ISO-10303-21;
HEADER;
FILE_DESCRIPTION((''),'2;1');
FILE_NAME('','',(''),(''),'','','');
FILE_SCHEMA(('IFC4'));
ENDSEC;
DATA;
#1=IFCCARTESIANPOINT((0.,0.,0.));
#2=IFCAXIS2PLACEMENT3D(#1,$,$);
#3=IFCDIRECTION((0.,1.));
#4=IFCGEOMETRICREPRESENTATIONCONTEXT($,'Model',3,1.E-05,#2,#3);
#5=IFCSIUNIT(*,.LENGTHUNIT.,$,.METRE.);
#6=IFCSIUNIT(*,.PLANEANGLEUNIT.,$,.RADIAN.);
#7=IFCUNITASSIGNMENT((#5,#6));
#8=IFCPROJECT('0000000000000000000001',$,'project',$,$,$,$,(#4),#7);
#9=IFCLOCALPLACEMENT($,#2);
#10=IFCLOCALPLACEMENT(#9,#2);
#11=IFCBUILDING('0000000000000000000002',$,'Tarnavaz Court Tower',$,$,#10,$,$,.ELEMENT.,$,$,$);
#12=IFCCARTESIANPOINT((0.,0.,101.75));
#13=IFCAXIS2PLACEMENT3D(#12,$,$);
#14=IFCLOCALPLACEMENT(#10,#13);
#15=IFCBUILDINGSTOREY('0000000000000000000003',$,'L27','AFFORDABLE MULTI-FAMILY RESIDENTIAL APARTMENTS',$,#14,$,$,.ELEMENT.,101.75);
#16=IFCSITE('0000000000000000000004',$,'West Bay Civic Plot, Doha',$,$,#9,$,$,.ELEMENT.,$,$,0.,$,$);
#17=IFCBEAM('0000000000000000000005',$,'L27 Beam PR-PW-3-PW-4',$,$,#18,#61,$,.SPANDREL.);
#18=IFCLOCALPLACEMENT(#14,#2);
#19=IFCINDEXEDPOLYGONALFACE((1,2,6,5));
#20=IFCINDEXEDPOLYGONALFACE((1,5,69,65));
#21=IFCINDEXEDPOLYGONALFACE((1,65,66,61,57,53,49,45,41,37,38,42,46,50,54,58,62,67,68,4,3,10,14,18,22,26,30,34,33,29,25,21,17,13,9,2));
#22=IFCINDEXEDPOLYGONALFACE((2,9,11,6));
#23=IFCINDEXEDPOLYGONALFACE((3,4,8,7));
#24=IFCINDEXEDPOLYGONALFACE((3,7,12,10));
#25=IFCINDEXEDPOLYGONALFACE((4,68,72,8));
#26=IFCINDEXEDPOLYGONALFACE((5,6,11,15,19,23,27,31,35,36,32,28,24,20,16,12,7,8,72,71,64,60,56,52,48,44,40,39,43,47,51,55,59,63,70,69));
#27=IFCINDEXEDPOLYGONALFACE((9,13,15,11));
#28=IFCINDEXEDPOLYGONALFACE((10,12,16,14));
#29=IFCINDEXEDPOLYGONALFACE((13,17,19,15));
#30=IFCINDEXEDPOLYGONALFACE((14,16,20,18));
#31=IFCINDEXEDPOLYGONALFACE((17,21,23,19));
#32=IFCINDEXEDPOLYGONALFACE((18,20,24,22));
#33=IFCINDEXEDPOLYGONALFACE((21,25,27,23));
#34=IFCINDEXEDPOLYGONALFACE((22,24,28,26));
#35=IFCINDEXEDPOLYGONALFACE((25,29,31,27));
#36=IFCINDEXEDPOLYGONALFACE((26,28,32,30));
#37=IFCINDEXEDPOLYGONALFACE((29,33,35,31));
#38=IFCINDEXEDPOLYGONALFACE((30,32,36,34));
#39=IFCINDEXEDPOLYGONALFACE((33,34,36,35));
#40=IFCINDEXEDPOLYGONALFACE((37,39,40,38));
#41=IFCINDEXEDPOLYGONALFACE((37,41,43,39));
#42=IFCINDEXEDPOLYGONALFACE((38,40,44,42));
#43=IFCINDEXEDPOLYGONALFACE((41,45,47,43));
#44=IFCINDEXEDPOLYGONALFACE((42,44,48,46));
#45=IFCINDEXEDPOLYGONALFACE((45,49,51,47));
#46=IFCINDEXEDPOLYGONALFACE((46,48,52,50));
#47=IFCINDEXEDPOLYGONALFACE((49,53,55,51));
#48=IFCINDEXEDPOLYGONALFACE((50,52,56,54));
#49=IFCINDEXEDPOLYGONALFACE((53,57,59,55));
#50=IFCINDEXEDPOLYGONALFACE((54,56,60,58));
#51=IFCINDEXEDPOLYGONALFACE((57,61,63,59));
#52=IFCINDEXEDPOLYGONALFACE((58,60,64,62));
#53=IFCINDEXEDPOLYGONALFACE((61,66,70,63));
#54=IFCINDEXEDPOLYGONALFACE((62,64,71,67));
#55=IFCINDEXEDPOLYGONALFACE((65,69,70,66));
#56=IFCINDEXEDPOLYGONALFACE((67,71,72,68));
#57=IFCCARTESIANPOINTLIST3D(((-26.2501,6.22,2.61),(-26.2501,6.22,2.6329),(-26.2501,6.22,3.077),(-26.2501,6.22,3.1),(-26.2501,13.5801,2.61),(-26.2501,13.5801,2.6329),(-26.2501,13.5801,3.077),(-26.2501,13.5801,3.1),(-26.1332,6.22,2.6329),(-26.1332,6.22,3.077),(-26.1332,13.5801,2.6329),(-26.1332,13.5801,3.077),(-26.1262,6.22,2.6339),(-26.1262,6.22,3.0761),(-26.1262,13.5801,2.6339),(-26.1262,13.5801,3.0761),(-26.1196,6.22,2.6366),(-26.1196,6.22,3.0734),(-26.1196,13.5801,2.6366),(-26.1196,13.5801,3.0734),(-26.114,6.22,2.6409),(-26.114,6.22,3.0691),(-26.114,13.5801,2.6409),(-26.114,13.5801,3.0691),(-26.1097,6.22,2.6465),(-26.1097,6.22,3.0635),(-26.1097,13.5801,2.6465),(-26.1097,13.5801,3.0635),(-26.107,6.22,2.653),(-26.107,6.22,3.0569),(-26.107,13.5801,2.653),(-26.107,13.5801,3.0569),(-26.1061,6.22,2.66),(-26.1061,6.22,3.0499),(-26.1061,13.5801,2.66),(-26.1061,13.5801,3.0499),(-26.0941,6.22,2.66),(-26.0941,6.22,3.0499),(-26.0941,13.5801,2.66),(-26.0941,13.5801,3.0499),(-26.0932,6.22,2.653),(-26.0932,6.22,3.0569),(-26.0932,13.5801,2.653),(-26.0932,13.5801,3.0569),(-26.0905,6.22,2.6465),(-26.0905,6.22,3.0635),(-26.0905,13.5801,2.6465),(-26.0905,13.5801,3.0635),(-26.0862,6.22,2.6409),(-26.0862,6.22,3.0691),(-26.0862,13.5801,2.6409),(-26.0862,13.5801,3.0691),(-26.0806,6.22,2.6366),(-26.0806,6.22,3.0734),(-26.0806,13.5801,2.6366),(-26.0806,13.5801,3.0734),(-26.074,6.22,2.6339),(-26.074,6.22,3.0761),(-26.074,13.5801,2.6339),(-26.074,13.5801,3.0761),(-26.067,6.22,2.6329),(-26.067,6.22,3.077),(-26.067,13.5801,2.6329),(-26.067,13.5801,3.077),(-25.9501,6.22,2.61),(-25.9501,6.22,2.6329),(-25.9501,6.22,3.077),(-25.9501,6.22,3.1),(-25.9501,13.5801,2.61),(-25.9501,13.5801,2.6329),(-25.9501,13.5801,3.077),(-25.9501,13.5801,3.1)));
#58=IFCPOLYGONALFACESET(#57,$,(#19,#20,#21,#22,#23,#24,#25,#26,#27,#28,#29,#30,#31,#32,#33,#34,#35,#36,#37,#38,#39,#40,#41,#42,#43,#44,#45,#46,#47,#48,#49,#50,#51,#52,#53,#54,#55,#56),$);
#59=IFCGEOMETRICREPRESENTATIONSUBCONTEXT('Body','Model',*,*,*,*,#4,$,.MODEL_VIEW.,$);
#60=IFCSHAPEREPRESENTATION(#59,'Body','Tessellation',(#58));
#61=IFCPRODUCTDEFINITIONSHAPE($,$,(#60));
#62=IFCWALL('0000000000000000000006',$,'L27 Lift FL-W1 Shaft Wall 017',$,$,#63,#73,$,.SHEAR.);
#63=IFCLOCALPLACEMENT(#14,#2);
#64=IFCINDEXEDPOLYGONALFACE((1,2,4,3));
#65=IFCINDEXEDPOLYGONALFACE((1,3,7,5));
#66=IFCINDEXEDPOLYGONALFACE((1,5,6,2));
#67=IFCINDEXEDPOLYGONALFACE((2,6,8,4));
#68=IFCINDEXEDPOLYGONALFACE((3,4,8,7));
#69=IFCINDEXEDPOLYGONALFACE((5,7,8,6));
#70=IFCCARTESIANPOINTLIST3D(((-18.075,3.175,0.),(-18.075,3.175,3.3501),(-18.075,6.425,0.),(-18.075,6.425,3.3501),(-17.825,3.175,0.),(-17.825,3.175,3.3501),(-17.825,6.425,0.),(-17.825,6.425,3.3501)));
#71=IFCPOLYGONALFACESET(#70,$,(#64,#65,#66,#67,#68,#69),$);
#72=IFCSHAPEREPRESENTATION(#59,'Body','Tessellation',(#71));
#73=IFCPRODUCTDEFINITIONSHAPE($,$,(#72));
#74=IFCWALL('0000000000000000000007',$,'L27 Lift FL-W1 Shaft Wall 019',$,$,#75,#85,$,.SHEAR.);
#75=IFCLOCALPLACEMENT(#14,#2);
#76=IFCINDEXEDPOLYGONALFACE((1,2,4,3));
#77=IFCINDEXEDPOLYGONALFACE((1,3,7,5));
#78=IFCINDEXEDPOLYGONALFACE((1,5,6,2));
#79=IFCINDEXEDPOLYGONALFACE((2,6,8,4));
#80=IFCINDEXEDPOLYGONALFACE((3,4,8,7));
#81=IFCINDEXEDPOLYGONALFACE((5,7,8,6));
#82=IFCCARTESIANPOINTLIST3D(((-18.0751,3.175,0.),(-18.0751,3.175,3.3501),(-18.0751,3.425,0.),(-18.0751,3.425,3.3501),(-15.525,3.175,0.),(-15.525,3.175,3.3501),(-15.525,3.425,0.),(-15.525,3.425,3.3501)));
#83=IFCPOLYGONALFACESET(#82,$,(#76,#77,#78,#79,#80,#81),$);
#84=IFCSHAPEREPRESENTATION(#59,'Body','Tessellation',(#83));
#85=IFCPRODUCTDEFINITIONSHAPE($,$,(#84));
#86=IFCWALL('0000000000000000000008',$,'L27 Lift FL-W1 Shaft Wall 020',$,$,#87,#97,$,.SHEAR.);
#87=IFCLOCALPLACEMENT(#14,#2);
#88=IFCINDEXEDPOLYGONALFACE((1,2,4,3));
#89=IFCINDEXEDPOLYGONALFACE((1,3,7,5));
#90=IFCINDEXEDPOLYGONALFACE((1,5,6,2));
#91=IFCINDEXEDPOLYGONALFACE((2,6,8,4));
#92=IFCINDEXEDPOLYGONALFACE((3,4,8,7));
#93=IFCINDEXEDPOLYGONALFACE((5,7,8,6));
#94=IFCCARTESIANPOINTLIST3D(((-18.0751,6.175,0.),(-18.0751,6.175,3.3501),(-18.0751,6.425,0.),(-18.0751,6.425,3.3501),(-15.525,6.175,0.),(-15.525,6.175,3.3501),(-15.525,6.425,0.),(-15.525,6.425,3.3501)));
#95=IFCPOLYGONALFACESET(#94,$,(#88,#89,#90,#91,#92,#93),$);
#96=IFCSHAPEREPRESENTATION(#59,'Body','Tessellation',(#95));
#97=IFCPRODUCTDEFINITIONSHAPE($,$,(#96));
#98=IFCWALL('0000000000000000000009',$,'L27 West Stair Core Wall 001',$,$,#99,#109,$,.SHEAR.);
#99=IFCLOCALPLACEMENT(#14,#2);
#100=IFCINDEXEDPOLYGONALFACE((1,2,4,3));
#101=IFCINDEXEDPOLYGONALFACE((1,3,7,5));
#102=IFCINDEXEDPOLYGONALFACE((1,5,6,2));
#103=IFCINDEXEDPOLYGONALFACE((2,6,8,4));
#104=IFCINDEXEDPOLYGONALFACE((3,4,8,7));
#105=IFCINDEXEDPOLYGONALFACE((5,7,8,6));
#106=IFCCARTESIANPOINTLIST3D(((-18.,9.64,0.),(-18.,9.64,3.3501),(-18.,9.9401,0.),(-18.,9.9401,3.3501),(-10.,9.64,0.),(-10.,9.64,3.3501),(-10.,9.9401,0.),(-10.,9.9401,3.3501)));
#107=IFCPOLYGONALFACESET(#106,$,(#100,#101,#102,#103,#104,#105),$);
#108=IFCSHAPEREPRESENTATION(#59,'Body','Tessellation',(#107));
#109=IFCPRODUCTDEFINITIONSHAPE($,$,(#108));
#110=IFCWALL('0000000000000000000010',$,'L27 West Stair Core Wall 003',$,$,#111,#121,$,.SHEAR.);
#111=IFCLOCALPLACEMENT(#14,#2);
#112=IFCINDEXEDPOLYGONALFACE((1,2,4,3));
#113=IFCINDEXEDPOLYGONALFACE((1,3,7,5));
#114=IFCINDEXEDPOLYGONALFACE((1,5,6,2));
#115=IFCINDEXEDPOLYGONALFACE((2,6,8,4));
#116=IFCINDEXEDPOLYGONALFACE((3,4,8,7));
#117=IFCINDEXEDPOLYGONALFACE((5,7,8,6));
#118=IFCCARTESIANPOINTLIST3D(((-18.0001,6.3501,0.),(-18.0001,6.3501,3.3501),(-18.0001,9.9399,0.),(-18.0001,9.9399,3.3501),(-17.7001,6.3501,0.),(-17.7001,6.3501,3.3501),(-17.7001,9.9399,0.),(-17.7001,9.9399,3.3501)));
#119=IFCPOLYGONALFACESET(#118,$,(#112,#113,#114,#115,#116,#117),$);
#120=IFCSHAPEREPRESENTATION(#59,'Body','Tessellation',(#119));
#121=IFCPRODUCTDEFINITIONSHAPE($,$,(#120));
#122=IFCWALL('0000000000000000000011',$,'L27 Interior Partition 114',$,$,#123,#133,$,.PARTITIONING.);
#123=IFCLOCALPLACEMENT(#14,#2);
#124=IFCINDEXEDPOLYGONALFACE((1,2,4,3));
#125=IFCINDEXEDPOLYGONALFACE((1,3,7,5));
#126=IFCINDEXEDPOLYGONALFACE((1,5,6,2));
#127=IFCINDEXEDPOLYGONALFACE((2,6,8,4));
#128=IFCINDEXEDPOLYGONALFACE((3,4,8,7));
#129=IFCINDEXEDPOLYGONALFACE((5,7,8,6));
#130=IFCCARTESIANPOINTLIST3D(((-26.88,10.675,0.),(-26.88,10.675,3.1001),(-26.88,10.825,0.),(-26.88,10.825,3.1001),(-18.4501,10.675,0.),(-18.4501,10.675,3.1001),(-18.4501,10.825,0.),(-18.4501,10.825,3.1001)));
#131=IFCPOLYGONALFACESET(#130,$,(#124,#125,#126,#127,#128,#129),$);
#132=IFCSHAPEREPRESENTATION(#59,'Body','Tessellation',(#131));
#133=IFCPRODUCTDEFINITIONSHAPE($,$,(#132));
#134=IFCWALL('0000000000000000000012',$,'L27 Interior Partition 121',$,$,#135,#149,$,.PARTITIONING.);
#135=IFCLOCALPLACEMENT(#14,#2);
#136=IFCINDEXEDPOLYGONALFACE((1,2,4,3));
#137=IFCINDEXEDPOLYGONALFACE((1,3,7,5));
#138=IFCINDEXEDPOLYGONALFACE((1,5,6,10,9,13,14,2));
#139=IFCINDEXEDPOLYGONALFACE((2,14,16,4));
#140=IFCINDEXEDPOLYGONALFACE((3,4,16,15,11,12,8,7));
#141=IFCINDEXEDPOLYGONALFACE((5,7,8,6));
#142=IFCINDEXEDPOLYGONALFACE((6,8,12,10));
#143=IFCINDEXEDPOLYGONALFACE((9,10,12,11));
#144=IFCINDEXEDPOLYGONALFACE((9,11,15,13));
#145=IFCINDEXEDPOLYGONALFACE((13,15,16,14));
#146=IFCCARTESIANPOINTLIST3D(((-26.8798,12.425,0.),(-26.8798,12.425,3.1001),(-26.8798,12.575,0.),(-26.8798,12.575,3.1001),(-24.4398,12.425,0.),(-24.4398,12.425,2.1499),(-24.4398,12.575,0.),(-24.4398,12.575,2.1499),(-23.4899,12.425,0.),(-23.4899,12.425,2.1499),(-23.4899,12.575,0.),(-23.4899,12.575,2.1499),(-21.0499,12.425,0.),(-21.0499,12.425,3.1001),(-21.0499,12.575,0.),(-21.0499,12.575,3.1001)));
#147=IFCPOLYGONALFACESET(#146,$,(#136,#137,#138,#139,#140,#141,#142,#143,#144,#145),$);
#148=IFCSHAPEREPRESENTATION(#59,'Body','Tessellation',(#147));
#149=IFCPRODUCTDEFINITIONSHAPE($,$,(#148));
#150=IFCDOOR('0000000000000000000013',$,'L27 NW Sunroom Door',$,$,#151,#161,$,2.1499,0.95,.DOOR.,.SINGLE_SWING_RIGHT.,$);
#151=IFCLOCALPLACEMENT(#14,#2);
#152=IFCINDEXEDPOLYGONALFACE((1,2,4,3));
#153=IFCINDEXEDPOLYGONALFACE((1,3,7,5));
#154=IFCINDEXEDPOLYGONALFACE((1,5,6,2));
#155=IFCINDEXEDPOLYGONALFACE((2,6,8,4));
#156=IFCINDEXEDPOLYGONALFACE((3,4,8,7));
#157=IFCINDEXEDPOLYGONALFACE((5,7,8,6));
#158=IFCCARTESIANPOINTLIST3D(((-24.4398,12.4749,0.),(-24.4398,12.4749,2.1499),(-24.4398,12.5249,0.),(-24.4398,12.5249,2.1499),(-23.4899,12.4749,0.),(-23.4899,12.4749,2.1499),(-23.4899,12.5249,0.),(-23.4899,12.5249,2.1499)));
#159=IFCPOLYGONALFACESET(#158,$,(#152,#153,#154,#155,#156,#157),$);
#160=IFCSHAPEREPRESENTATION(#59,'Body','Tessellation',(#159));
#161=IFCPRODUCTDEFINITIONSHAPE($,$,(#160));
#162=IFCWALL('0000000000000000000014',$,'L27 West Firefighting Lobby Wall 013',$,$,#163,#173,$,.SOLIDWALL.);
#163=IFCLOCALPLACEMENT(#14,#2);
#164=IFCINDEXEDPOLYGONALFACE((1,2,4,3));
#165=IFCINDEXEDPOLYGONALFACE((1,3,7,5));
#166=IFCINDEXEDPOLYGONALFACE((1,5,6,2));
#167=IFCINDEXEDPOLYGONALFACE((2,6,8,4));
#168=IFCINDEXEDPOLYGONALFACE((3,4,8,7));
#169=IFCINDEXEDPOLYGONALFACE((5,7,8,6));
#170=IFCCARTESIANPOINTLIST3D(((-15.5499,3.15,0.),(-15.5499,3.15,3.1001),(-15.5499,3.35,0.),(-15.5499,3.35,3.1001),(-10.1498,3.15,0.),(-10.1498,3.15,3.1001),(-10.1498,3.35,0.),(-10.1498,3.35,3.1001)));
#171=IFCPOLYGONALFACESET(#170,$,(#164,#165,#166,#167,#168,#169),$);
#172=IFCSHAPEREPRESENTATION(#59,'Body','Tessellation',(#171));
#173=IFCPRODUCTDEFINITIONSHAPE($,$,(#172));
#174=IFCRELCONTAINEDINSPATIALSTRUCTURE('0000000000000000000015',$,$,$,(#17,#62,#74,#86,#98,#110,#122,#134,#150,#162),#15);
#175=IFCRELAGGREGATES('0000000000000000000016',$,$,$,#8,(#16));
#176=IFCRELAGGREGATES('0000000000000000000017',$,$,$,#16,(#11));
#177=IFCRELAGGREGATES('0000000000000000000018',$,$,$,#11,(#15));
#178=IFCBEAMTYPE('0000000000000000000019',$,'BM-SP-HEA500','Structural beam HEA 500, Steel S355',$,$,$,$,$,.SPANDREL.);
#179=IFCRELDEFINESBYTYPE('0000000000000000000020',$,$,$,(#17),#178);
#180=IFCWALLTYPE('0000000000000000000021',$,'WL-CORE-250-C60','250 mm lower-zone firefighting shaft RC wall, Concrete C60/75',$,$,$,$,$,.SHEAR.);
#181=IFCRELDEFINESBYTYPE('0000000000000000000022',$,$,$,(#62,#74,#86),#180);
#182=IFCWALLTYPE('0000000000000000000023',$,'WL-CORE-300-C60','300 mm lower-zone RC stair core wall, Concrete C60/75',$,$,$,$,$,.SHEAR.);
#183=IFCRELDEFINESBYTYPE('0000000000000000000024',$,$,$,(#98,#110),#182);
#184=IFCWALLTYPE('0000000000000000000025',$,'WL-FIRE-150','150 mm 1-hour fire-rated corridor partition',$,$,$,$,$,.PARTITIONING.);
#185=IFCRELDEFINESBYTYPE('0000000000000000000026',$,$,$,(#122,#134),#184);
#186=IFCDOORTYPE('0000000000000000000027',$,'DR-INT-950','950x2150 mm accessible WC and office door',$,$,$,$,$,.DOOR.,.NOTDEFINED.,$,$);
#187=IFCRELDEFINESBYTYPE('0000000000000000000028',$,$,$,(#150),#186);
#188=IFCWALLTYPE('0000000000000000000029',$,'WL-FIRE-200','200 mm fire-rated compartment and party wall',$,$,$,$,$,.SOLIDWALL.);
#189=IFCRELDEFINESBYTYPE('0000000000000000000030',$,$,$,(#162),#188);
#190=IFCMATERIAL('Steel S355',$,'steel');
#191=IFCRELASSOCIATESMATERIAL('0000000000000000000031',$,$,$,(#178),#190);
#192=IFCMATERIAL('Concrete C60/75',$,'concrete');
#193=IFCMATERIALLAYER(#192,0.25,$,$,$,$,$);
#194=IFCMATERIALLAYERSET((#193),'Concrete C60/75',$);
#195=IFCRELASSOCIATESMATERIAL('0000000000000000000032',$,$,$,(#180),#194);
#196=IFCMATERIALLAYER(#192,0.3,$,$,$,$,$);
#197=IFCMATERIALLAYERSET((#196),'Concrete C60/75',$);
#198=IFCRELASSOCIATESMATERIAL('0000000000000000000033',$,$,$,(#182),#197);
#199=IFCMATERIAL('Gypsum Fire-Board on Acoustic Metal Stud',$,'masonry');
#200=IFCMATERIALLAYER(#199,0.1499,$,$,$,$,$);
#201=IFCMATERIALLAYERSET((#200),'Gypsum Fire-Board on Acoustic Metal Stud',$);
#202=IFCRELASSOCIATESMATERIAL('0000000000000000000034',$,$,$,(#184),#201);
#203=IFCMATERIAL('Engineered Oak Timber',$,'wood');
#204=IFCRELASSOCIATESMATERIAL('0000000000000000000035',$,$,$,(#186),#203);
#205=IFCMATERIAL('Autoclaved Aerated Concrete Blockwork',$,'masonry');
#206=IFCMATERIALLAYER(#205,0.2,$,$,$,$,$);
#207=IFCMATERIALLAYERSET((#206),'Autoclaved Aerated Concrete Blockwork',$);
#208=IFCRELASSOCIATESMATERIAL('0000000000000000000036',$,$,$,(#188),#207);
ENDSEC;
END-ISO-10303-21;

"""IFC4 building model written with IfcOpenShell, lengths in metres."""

from ifc_helpers import new_model, si_unit, direction, frame, frame_2d, origin, origin_2d, place, context, subcontext, project, spatial, rectangle, i_section, extrude, material, layer, layer_set, material_profile, profile_set, type_object, element, fill, save


model = new_model("IFC4")

# Units and contexts
model_context = context("Model", 3, precision=1e-05, world=origin(), true_north=direction((0.0, 1.0)))
body_context = subcontext(model_context, "Body", "Model", "MODEL_VIEW")
ifc_project = project(units=[si_unit("LENGTHUNIT", "METRE"), si_unit("PLANEANGLEUNIT", "RADIAN")], contexts=[model_context])

# Site, building, storey
site_placement = place(None, origin())
site = spatial("IfcSite", under=ifc_project, at=site_placement, Name="West Bay Civic Plot, Doha", CompositionType="ELEMENT", RefElevation=0.0)
building_placement = place(site_placement, origin())
building = spatial("IfcBuilding", under=site, at=building_placement, Name="Tarnavaz Court Tower", CompositionType="ELEMENT")
storey_placement = place(building_placement, frame((0.0, 0.0, 101.75)))
storey = spatial("IfcBuildingStorey", under=building, at=storey_placement, Name="L27", Description="AFFORDABLE MULTI-FAMILY RESIDENTIAL APARTMENTS", CompositionType="ELEMENT", Elevation=101.75)

# Shared definitions
ifc_material_1 = material(Name="Concrete C60/75", Category="concrete")

# Beam
ifc_material_2 = material(Name="Steel S355", Category="steel")
ifc_material_profile_1 = material_profile(ifc_material_2, i_section(OverallWidth=0.3, OverallDepth=0.49, WebThickness=0.012, FlangeThickness=0.0229, FilletRadius=0.0271, at=origin_2d()), Name="HEA 500")
ifc_profile_set_1 = profile_set([ifc_material_profile_1], Name="Steel S355")
beam_type_1 = type_object("IfcBeamType", Name="BM-SP-HEA500", Description="Structural beam HEA 500, Steel S355", PredefinedType="SPANDREL", material=ifc_profile_set_1)
beam_1_placement = place(storey_placement, frame((-26.1001, 6.22, 2.855), z_axis=(0.0, 1.0, 0.0), x_axis=(-1.0, 0.0, 0.0)))
element("IfcBeam", 1, at=beam_1_placement, inside=storey, type_object=beam_type_1, Name="L27 Beam PR-PW-3-PW-4", PredefinedType="SPANDREL", context=body_context, shape_type="SweptSolid", body=[
    extrude(i_section(OverallWidth=0.3, OverallDepth=0.49, WebThickness=0.012, FlangeThickness=0.0229, FilletRadius=0.0271, at=origin_2d()), origin(), (0.0, 0.0, 1.0), 7.3601),
])

# Wall
ifc_layer_1 = layer(ifc_material_1, 0.25)
ifc_layer_set_1 = layer_set([ifc_layer_1], Name="Concrete C60/75")
wall_type_1 = type_object("IfcWallType", Name="WL-CORE-250-C60", Description="250 mm lower-zone firefighting shaft RC wall, Concrete C60/75", PredefinedType="SHEAR", material=ifc_layer_set_1)
wall_1_placement = place(storey_placement, frame((-17.95, 3.175, 0.0), z_axis=(0.0, 0.0, 1.0), x_axis=(0.0, 1.0, 0.0)))
element("IfcWall", 2, at=wall_1_placement, inside=storey, type_object=wall_type_1, Name="L27 Lift FL-W1 Shaft Wall 017", PredefinedType="SHEAR", context=body_context, shape_type="SweptSolid", body=[
    extrude(rectangle(XDim=3.25, YDim=0.25, at=frame_2d((1.625, 0.0))), origin(), (0.0, 0.0, 1.0), 3.3501),
])

# Walls
for number, where, z_axis, x_axis, name in (
    (3, (-18.075, 3.3, 0.0), (0.0, 0.0, 1.0), (1.0, 0.0, 0.0), "L27 Lift FL-W1 Shaft Wall 019"),
    (4, (-18.075, 6.3, 0.0), (0.0, 0.0, 1.0), (1.0, 0.0, 0.0), "L27 Lift FL-W1 Shaft Wall 020"),
):
    element("IfcWall", number, at=place(storey_placement, frame(where, z_axis=z_axis, x_axis=x_axis)), inside=storey, type_object=wall_type_1, Name=name, PredefinedType="SHEAR", context=body_context, shape_type="SweptSolid", body=[
        extrude(rectangle(XDim=2.55, YDim=0.25, at=frame_2d((1.2749, 0.0))), origin(), (0.0, 0.0, 1.0), 3.3501),
    ])
ifc_layer_2 = layer(ifc_material_1, 0.3)
ifc_layer_set_2 = layer_set([ifc_layer_2], Name="Concrete C60/75")
wall_type_2 = type_object("IfcWallType", Name="WL-CORE-300-C60", Description="300 mm lower-zone RC stair core wall, Concrete C60/75", PredefinedType="SHEAR", material=ifc_layer_set_2)
wall_2_placement = place(storey_placement, frame((-18.0, 9.79, 0.0), z_axis=(0.0, 0.0, 1.0), x_axis=(1.0, 0.0, 0.0)))
element("IfcWall", 5, at=wall_2_placement, inside=storey, type_object=wall_type_2, Name="L27 West Stair Core Wall 001", PredefinedType="SHEAR", context=body_context, shape_type="SweptSolid", body=[
    extrude(rectangle(XDim=8.0, YDim=0.3, at=frame_2d((4.0, 0.0))), origin(), (0.0, 0.0, 1.0), 3.3501),
])

# Walls
wall_3_placement = place(storey_placement, frame((-17.8501, 6.3501, 0.0), z_axis=(0.0, 0.0, 1.0), x_axis=(0.0, 1.0, 0.0)))
element("IfcWall", 6, at=wall_3_placement, inside=storey, type_object=wall_type_2, Name="L27 West Stair Core Wall 003", PredefinedType="SHEAR", context=body_context, shape_type="SweptSolid", body=[
    extrude(rectangle(XDim=3.5898, YDim=0.3, at=frame_2d((1.7949, 0.0))), origin(), (0.0, 0.0, 1.0), 3.3501),
])
ifc_material_3 = material(Name="Gypsum Fire-Board on Acoustic Metal Stud", Category="masonry")
ifc_layer_3 = layer(ifc_material_3, 0.1499)
ifc_layer_set_3 = layer_set([ifc_layer_3], Name="Gypsum Fire-Board on Acoustic Metal Stud")
wall_type_3 = type_object("IfcWallType", Name="WL-FIRE-150", Description="150 mm 1-hour fire-rated corridor partition", PredefinedType="PARTITIONING", material=ifc_layer_set_3)
wall_4_placement = place(storey_placement, frame((-26.8799, 10.75, 0.0), z_axis=(0.0, 0.0, 1.0), x_axis=(1.0, 0.0, 0.0)))
element("IfcWall", 7, at=wall_4_placement, inside=storey, type_object=wall_type_3, Name="L27 Interior Partition 114", PredefinedType="PARTITIONING", context=body_context, shape_type="SweptSolid", body=[
    extrude(rectangle(XDim=8.4299, YDim=0.1499, at=frame_2d((4.2148, 0.0))), origin(), (0.0, 0.0, 1.0), 3.1001),
])

# Wall, opening, door
wall_5_placement = place(storey_placement, frame((-26.8799, 12.5, 0.0), z_axis=(0.0, 0.0, 1.0), x_axis=(1.0, 0.0, 0.0)))
wall_5 = element("IfcWall", 8, at=wall_5_placement, inside=storey, type_object=wall_type_3, Name="L27 Interior Partition 121", PredefinedType="PARTITIONING", context=body_context, shape_type="SweptSolid", body=[
    extrude(rectangle(XDim=5.8298, YDim=0.1499, at=frame_2d((2.915, 0.0))), origin(), (0.0, 0.0, 1.0), 3.1001),
])
opening_1_placement = place(wall_5_placement, frame((2.4399, 0.0, 0.0)))
opening_1 = element("IfcOpeningElement", 9, at=opening_1_placement, cuts=wall_5, PredefinedType="OPENING", context=body_context, shape_type="SweptSolid", body=[
    extrude(rectangle(XDim=0.95, YDim=2.1499, at=frame_2d((0.4751, 1.075))), frame((0.0, 0.085, 0.0), z_axis=(0.0, -1.0, 0.0), x_axis=(1.0, 0.0, 0.0)), (0.0, 0.0, 1.0), 0.1699),
])
ifc_material_4 = material(Name="Engineered Oak Timber", Category="wood")
door_type_1 = type_object("IfcDoorType", Name="DR-INT-950", Description="950x2150 mm accessible WC and office door", OperationType="NOTDEFINED", PredefinedType="DOOR", material=ifc_material_4)
door_1_placement = place(opening_1_placement, origin())
door_1 = element("IfcDoor", 10, at=door_1_placement, inside=storey, type_object=door_type_1, Name="L27 NW Sunroom Door", OperationType="SINGLE_SWING_RIGHT", OverallHeight=2.1499, OverallWidth=0.95, PredefinedType="DOOR", context=body_context, shape_type="SweptSolid", body=[
    extrude(rectangle(XDim=0.95, YDim=2.1499, at=frame_2d((0.4751, 1.075))), frame((0.0, 0.0249, 0.0), z_axis=(0.0, -1.0, 0.0), x_axis=(1.0, 0.0, 0.0)), (0.0, 0.0, 1.0), 0.05),
])
fill(opening_1, door_1)

# Wall
ifc_material_5 = material(Name="Autoclaved Aerated Concrete Blockwork", Category="masonry")
ifc_layer_4 = layer(ifc_material_5, 0.2)
ifc_layer_set_4 = layer_set([ifc_layer_4], Name="Autoclaved Aerated Concrete Blockwork")
wall_type_4 = type_object("IfcWallType", Name="WL-FIRE-200", Description="200 mm fire-rated compartment and party wall", PredefinedType="SOLIDWALL", material=ifc_layer_set_4)
wall_6_placement = place(storey_placement, frame((-15.55, 3.25, 0.0), z_axis=(0.0, 0.0, 1.0), x_axis=(1.0, 0.0, 0.0)))
element("IfcWall", 11, at=wall_6_placement, inside=storey, type_object=wall_type_4, Name="L27 West Firefighting Lobby Wall 013", PredefinedType="SOLIDWALL", context=body_context, shape_type="SweptSolid", body=[
    extrude(rectangle(XDim=5.4001, YDim=0.2, at=frame_2d((2.7002, 0.0))), origin(), (0.0, 0.0, 1.0), 3.1001),
])

save(model, "model.ifc")
